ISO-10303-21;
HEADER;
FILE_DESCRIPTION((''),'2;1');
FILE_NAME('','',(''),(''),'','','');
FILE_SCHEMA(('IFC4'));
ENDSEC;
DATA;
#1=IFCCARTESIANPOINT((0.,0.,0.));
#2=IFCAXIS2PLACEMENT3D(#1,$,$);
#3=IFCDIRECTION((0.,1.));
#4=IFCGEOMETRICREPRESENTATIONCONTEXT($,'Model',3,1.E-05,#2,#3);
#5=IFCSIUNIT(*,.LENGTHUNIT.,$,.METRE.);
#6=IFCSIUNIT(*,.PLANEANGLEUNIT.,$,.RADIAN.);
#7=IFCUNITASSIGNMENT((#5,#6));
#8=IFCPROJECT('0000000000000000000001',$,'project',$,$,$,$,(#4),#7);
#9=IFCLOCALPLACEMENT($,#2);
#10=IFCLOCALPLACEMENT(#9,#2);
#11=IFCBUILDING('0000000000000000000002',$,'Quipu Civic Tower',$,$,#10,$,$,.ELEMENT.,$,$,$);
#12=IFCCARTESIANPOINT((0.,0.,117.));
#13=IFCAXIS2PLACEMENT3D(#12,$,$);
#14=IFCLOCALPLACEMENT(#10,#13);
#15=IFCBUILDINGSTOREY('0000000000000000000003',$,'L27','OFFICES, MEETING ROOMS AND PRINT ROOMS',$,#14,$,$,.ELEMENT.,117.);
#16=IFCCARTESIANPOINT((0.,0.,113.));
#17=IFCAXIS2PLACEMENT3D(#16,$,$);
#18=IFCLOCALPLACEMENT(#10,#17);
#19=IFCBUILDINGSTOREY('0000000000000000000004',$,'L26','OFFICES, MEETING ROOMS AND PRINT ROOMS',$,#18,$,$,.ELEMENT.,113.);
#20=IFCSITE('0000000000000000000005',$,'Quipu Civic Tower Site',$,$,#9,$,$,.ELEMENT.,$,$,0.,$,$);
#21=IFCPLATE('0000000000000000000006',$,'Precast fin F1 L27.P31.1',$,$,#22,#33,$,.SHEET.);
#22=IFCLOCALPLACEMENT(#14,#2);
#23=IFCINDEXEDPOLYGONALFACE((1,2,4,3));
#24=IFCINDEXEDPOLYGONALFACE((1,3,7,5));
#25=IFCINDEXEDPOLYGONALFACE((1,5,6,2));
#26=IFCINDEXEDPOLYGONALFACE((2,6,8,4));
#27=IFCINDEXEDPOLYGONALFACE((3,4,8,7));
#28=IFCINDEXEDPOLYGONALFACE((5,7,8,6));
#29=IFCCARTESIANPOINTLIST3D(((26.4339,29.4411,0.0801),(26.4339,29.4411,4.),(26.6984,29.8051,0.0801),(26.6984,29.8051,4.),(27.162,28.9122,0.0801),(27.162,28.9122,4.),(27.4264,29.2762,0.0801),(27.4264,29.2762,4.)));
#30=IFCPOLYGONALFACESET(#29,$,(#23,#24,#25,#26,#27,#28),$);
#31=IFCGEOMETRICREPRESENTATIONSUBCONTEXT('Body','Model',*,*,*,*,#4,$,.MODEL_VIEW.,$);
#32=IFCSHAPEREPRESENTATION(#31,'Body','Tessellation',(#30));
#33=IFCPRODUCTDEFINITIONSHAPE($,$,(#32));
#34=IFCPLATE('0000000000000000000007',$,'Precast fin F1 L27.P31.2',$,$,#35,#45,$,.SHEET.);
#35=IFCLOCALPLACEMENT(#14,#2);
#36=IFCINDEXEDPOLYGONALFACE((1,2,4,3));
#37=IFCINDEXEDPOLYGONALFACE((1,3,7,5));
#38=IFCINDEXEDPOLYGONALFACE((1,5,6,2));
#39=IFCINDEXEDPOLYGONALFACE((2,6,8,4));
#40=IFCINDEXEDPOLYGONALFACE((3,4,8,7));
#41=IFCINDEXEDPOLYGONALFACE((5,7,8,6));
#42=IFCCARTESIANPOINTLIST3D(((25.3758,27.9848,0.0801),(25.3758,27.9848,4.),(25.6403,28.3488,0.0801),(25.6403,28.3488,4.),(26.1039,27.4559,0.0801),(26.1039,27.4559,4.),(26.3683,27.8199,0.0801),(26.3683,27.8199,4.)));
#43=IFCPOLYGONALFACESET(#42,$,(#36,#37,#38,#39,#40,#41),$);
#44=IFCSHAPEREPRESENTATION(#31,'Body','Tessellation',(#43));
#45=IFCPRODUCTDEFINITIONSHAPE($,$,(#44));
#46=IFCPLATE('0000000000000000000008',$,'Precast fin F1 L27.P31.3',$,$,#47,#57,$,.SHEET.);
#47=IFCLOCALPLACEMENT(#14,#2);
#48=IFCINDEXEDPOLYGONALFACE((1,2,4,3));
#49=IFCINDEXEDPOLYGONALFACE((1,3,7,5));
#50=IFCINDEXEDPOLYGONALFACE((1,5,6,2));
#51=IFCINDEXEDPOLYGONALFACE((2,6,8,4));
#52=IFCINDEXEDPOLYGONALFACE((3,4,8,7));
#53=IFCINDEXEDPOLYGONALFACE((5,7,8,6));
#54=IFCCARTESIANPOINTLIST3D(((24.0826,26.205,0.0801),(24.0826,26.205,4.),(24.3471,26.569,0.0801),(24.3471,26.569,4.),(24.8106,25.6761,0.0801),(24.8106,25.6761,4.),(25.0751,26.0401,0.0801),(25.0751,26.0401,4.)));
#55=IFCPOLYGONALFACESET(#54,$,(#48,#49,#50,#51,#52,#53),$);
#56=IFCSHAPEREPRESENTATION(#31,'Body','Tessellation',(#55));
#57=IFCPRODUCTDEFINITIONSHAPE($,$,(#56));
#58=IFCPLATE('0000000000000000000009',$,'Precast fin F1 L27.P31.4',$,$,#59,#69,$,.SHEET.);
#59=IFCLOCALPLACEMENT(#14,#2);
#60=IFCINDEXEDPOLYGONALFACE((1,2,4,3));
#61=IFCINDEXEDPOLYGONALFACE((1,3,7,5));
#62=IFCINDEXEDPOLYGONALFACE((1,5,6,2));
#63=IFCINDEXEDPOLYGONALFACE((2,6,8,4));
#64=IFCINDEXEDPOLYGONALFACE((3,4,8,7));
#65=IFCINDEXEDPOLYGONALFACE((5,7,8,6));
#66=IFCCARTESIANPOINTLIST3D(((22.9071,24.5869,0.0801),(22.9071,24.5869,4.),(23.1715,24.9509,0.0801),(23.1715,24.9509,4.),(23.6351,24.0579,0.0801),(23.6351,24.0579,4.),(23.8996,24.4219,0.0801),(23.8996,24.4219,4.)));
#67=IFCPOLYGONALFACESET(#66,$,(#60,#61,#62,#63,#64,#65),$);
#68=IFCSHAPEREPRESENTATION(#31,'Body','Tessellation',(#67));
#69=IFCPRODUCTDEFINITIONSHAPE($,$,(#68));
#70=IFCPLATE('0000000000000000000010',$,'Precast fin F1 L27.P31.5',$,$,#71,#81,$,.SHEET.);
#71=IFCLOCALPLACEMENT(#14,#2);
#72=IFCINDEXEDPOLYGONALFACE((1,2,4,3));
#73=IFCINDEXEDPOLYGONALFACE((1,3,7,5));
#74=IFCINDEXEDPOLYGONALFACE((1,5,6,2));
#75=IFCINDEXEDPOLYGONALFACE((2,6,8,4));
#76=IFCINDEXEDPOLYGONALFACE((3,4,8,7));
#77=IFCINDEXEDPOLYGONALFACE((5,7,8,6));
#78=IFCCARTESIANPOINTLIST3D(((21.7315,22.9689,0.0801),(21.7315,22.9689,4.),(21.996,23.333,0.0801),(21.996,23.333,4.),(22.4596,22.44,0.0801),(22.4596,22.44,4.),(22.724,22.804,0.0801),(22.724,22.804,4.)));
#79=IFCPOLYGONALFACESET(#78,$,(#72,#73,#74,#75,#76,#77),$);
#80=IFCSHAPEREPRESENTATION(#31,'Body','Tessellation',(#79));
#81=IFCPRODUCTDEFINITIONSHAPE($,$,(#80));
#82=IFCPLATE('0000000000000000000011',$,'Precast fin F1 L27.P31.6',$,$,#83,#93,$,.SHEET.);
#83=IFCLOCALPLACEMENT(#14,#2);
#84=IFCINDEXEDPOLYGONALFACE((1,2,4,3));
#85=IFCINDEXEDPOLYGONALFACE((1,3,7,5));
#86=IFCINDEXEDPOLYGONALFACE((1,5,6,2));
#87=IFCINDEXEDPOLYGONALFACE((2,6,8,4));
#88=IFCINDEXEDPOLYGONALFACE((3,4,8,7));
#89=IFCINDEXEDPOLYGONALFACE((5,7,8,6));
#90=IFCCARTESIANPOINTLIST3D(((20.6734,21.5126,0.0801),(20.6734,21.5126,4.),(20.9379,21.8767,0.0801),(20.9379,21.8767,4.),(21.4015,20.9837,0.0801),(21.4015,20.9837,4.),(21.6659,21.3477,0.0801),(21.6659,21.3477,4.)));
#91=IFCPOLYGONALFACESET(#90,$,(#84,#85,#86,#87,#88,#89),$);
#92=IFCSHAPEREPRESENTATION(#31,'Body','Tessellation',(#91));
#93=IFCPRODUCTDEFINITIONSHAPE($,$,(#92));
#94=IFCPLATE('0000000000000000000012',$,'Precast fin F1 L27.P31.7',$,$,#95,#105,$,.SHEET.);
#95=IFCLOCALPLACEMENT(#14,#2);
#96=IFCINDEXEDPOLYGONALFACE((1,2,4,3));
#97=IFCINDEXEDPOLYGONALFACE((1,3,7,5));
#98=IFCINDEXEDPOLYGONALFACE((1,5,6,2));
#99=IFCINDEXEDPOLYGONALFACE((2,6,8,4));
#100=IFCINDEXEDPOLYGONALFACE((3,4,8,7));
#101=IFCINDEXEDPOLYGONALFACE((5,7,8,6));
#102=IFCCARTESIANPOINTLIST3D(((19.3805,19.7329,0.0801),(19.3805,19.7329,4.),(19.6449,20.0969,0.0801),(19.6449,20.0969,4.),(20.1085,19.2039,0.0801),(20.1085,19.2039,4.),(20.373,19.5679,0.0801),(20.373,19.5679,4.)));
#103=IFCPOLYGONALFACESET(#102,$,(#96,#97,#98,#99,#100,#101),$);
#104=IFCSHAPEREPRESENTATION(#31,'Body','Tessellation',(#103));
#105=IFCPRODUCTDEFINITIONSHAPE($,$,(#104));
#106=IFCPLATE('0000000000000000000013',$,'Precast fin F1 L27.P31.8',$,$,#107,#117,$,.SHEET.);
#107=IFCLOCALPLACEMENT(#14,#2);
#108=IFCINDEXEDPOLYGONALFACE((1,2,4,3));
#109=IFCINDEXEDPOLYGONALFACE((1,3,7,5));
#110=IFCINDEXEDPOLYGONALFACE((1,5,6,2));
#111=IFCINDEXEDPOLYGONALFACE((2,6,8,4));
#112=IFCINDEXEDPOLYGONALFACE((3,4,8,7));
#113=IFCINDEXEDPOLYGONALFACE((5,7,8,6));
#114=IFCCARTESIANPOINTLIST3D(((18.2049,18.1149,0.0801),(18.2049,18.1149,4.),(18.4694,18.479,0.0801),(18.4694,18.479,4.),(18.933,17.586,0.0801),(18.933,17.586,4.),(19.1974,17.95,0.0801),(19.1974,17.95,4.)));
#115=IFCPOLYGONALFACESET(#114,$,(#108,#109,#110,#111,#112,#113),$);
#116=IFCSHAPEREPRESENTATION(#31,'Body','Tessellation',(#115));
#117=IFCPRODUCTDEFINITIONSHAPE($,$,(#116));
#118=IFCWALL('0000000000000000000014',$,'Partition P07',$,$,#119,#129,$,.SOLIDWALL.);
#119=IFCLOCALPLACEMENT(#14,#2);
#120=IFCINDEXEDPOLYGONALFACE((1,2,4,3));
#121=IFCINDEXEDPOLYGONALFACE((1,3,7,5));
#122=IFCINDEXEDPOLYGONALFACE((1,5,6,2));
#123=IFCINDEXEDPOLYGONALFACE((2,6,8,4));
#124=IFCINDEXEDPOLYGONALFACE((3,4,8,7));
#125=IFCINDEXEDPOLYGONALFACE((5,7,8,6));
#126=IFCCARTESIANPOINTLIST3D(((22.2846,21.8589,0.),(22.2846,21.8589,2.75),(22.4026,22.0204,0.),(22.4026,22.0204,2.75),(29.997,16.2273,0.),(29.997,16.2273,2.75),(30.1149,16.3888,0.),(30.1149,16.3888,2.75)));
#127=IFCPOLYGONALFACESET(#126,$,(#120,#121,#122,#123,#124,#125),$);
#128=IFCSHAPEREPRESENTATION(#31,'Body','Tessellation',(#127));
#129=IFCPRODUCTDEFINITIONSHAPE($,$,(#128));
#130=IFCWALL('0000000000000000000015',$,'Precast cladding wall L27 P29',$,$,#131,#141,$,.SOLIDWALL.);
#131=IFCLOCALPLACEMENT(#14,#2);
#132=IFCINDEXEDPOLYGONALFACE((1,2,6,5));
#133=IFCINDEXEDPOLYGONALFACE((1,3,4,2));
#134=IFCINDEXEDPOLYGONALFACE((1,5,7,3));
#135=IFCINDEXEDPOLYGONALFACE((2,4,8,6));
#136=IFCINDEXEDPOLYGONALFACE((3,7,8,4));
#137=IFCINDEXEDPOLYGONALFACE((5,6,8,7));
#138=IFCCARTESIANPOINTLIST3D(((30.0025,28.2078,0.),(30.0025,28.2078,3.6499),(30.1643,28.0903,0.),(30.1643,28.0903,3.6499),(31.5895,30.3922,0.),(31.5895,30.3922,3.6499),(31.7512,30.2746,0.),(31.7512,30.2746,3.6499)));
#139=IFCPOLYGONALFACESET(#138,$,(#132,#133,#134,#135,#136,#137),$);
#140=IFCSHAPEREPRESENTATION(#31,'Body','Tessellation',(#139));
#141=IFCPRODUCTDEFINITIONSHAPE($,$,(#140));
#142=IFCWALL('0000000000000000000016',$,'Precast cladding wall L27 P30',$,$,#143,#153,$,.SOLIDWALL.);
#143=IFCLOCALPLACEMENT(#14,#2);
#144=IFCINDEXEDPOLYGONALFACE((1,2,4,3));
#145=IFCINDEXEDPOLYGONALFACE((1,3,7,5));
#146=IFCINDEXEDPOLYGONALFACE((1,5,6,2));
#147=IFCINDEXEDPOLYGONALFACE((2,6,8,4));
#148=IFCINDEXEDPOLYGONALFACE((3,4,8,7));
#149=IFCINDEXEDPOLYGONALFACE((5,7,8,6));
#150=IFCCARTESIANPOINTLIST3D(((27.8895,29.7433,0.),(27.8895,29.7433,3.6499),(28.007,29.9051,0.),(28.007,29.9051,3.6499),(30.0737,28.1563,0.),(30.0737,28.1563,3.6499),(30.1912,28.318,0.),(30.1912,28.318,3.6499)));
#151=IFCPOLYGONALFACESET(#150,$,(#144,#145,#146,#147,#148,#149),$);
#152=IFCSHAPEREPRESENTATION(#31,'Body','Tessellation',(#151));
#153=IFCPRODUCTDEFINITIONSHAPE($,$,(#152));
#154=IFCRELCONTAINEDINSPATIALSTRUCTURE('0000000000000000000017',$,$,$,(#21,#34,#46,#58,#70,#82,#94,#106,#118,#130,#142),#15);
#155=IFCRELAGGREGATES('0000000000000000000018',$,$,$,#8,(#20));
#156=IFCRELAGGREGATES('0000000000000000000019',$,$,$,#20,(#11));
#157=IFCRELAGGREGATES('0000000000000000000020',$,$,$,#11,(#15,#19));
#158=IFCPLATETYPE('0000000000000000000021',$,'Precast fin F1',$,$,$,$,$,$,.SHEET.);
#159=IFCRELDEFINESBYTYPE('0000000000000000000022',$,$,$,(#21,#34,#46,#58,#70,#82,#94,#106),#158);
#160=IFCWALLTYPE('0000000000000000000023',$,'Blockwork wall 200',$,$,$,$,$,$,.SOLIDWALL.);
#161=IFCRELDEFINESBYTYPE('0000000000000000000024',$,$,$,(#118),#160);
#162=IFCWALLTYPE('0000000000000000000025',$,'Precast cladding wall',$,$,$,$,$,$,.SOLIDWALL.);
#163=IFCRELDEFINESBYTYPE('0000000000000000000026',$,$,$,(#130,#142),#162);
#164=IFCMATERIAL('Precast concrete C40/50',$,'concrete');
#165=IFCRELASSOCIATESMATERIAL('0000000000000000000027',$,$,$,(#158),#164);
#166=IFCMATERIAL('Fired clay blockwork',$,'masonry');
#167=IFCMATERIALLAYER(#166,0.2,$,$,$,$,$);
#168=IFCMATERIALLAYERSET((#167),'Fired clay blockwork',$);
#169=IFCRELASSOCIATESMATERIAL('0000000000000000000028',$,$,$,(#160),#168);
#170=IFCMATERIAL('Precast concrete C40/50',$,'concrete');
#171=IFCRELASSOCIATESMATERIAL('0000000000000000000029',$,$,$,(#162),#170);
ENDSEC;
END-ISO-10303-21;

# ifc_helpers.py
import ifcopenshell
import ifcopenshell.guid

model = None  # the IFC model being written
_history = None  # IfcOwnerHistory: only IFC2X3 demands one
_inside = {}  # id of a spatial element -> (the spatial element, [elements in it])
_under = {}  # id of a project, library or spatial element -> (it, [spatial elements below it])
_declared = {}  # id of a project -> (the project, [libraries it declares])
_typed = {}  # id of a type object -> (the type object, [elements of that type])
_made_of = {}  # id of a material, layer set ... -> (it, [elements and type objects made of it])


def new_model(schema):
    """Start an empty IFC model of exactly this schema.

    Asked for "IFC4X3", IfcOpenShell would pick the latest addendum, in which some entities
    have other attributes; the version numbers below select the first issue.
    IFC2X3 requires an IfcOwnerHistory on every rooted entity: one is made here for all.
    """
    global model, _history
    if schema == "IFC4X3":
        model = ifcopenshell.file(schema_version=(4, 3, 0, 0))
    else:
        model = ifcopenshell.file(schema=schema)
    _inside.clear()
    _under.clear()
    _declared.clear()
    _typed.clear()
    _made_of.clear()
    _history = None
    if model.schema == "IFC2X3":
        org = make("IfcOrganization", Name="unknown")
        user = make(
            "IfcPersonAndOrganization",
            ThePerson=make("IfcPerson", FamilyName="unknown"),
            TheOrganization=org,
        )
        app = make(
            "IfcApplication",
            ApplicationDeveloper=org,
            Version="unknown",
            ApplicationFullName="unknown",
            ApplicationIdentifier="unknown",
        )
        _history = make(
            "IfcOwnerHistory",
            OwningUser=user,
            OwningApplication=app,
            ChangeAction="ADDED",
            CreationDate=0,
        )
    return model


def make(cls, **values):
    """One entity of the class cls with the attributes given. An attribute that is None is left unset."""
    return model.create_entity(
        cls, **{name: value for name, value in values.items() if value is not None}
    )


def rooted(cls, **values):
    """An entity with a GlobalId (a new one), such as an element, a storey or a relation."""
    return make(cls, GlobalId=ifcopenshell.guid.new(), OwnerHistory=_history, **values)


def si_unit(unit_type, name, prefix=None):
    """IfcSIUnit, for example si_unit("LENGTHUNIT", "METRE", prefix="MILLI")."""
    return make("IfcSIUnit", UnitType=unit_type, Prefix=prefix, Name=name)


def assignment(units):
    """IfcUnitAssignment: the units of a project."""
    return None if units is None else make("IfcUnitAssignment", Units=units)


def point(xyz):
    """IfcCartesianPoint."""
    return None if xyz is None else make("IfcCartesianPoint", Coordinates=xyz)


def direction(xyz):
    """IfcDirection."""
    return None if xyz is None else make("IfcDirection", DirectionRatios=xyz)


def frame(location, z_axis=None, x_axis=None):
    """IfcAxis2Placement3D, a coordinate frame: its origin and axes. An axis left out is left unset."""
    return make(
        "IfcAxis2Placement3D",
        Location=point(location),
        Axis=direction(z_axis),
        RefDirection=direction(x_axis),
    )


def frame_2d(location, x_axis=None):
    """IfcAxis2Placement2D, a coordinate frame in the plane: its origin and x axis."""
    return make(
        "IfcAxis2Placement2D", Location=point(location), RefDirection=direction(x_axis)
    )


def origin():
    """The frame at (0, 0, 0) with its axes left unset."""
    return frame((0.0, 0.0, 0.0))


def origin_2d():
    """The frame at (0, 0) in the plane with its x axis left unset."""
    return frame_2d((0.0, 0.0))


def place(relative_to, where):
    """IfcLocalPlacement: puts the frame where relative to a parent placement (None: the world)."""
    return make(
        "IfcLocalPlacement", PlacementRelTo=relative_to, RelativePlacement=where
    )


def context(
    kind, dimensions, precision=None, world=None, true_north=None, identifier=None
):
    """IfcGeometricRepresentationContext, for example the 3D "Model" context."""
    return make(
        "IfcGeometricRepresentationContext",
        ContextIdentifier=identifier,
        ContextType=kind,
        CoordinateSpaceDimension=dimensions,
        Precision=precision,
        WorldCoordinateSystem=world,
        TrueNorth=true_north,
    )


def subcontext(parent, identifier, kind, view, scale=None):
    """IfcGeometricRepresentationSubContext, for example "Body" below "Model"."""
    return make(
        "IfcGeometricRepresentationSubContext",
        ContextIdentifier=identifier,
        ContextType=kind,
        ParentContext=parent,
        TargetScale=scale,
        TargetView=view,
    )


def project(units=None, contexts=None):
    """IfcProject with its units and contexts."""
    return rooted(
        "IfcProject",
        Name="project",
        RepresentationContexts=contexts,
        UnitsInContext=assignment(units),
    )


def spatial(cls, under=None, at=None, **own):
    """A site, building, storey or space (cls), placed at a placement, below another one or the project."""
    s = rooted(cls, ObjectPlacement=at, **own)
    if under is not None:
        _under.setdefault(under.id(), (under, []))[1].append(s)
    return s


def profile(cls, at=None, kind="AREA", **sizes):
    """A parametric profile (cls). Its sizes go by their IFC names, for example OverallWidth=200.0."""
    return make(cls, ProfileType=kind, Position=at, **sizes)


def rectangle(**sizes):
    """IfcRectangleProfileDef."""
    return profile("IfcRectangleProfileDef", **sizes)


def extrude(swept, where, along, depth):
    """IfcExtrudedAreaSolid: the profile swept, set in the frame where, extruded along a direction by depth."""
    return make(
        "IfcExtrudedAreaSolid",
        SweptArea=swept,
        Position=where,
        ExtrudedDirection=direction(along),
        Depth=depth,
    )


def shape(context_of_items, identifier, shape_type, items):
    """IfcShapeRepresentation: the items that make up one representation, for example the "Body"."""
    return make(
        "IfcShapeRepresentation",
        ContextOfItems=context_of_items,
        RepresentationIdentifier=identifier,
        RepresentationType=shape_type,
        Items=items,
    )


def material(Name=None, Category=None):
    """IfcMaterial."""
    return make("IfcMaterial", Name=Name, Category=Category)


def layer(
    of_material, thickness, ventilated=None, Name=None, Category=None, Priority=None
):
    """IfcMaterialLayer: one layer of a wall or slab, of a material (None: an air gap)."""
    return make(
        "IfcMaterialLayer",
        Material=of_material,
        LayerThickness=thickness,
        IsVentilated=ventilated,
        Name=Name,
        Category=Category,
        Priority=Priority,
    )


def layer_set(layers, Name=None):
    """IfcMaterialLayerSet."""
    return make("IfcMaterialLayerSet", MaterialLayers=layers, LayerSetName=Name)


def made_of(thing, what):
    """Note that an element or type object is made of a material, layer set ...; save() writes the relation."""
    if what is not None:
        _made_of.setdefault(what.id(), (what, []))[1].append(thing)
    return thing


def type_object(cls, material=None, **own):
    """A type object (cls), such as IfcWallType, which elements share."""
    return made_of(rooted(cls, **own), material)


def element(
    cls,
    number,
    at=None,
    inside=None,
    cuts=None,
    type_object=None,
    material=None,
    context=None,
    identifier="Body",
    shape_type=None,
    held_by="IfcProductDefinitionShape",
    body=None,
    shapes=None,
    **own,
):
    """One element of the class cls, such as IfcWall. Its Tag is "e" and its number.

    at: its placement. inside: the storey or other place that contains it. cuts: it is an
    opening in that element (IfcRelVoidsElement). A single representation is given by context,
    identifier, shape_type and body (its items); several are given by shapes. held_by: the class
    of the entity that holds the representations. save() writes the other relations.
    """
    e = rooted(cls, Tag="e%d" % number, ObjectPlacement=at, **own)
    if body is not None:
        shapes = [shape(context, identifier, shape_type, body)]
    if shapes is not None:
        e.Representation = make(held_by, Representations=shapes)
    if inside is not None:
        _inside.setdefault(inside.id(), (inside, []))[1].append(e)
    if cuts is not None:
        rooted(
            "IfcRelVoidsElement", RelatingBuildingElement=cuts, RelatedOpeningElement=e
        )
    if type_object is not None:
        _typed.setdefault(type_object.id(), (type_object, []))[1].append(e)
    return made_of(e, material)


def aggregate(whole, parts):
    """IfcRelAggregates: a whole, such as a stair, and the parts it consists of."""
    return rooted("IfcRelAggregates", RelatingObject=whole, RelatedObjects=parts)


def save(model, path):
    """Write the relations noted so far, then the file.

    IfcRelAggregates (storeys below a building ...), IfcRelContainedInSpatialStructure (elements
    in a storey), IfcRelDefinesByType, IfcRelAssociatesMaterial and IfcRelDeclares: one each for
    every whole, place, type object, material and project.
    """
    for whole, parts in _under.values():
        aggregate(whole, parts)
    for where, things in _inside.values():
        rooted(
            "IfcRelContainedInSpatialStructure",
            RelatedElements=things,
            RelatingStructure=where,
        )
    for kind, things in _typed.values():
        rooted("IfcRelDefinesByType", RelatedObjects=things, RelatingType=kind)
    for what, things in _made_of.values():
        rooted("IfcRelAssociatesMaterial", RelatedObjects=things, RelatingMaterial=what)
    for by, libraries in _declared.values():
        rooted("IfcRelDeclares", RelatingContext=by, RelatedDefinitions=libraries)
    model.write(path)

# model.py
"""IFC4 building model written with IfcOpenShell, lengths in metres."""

from ifc_helpers import new_model, si_unit, direction, frame, frame_2d, origin, origin_2d, place, context, subcontext, project, spatial, rectangle, extrude, material, layer, layer_set, type_object, element, save


model = new_model("IFC4")

# Units and contexts
model_context = context("Model", 3, precision=1e-05, world=origin(), true_north=direction((0.0, 1.0)))
body_context = subcontext(model_context, "Body", "Model", "MODEL_VIEW")
ifc_project = project(units=[si_unit("LENGTHUNIT", "METRE"), si_unit("PLANEANGLEUNIT", "RADIAN")], contexts=[model_context])

# Site, building, storey
site_placement = place(None, origin())
site = spatial("IfcSite", under=ifc_project, at=site_placement, Name="Quipu Civic Tower Site", CompositionType="ELEMENT", RefElevation=0.0)
building_placement = place(site_placement, origin())
building = spatial("IfcBuilding", under=site, at=building_placement, Name="Quipu Civic Tower", CompositionType="ELEMENT")
storey_1_placement = place(building_placement, frame((0.0, 0.0, 117.0)))
storey_1 = spatial("IfcBuildingStorey", under=building, at=storey_1_placement, Name="L27", Description="OFFICES, MEETING ROOMS AND PRINT ROOMS", CompositionType="ELEMENT", Elevation=117.0)

# Shared definitions
storey_2_placement = place(building_placement, frame((0.0, 0.0, 113.0)))
storey_2 = spatial("IfcBuildingStorey", under=building, at=storey_2_placement, Name="L26", Description="OFFICES, MEETING ROOMS AND PRINT ROOMS", CompositionType="ELEMENT", Elevation=113.0)

# Plates
ifc_material_1 = material(Name="Precast concrete C40/50", Category="concrete")
plate_type_1 = type_object("IfcPlateType", Name="Precast fin F1", PredefinedType="SHEET", material=ifc_material_1)
for number, where, z_axis, x_axis, name in (
    (1, (26.9302, 29.3586, 0.0801), (0.0, 0.0, 1.0), (-0.587787, -0.809016, 0.0), "Precast fin F1 L27.P31.1"),
    (2, (25.8721, 27.9023, 0.0801), (0.0, 0.0, 1.0), (-0.587787, -0.809016, 0.0), "Precast fin F1 L27.P31.2"),
    (3, (24.5789, 26.1226, 0.0801), (0.0, 0.0, 1.0), (-0.587787, -0.809016, 0.0), "Precast fin F1 L27.P31.3"),
    (4, (23.4033, 24.5044, 0.0801), (0.0, 0.0, 1.0), (-0.587787, -0.809016, 0.0), "Precast fin F1 L27.P31.4"),
    (5, (22.2278, 22.8865, 0.0801), (0.0, 0.0, 1.0), (-0.587787, -0.809016, 0.0), "Precast fin F1 L27.P31.5"),
    (6, (21.1697, 21.4302, 0.0801), (0.0, 0.0, 1.0), (-0.587787, -0.809016, 0.0), "Precast fin F1 L27.P31.6"),
    (7, (19.8767, 19.6504, 0.0801), (0.0, 0.0, 1.0), (-0.587787, -0.809016, 0.0), "Precast fin F1 L27.P31.7"),
    (8, (18.7012, 18.0325, 0.0801), (0.0, 0.0, 1.0), (-0.587787, -0.809016, 0.0), "Precast fin F1 L27.P31.8"),
):
    element("IfcPlate", number, at=place(storey_1_placement, frame(where, z_axis=z_axis, x_axis=x_axis)), inside=storey_1, type_object=plate_type_1, Name=name, PredefinedType="SHEET", context=body_context, shape_type="SweptSolid", body=[
        extrude(rectangle(XDim=0.45, YDim=0.8999, at=origin_2d()), origin(), (0.0, 0.0, 1.0), 3.9199),
    ])

# Walls
ifc_material_2 = material(Name="Fired clay blockwork", Category="masonry")
ifc_layer_1 = layer(ifc_material_2, 0.2)
ifc_layer_set_1 = layer_set([ifc_layer_1], Name="Fired clay blockwork")
wall_type_1 = type_object("IfcWallType", Name="Blockwork wall 200", PredefinedType="SOLIDWALL", material=ifc_layer_set_1)
wall_placement = place(storey_1_placement, frame((22.3435, 21.9397, 0.0), z_axis=(0.0, 0.0, 1.0), x_axis=(0.80761, -0.589717, 0.0)))
element("IfcWall", 9, at=wall_placement, inside=storey_1, type_object=wall_type_1, Name="Partition P07", PredefinedType="SOLIDWALL", context=body_context, shape_type="SweptSolid", body=[
    extrude(rectangle(XDim=9.5496, YDim=0.2, at=frame_2d((4.7749, 0.0))), origin(), (0.0, 0.0, 1.0), 2.75),
])
ifc_material_3 = material(Name="Precast concrete C40/50", Category="concrete")
wall_type_2 = type_object("IfcWallType", Name="Precast cladding wall", PredefinedType="SOLIDWALL", material=ifc_material_3)
for number, where, z_axis, x_axis, name in (
    (10, (31.6704, 30.3335, 0.0), (0.0, 0.0, 1.0), (-0.587763, -0.809033, 0.0), "Precast cladding wall L27 P29"),
    (11, (30.1326, 28.2371, 0.0), (0.0, 0.0, 1.0), (-0.80899, 0.587822, 0.0), "Precast cladding wall L27 P30"),
):
    element("IfcWall", number, at=place(storey_1_placement, frame(where, z_axis=z_axis, x_axis=x_axis)), inside=storey_1, type_object=wall_type_2, Name=name, PredefinedType="SOLIDWALL", context=body_context, shape_type="SweptSolid", body=[
        extrude(rectangle(XDim=2.7, YDim=0.2, at=frame_2d((1.3501, 0.0))), origin(), (0.0, 0.0, 1.0), 3.6499),
    ])

save(model, "model.ifc")
